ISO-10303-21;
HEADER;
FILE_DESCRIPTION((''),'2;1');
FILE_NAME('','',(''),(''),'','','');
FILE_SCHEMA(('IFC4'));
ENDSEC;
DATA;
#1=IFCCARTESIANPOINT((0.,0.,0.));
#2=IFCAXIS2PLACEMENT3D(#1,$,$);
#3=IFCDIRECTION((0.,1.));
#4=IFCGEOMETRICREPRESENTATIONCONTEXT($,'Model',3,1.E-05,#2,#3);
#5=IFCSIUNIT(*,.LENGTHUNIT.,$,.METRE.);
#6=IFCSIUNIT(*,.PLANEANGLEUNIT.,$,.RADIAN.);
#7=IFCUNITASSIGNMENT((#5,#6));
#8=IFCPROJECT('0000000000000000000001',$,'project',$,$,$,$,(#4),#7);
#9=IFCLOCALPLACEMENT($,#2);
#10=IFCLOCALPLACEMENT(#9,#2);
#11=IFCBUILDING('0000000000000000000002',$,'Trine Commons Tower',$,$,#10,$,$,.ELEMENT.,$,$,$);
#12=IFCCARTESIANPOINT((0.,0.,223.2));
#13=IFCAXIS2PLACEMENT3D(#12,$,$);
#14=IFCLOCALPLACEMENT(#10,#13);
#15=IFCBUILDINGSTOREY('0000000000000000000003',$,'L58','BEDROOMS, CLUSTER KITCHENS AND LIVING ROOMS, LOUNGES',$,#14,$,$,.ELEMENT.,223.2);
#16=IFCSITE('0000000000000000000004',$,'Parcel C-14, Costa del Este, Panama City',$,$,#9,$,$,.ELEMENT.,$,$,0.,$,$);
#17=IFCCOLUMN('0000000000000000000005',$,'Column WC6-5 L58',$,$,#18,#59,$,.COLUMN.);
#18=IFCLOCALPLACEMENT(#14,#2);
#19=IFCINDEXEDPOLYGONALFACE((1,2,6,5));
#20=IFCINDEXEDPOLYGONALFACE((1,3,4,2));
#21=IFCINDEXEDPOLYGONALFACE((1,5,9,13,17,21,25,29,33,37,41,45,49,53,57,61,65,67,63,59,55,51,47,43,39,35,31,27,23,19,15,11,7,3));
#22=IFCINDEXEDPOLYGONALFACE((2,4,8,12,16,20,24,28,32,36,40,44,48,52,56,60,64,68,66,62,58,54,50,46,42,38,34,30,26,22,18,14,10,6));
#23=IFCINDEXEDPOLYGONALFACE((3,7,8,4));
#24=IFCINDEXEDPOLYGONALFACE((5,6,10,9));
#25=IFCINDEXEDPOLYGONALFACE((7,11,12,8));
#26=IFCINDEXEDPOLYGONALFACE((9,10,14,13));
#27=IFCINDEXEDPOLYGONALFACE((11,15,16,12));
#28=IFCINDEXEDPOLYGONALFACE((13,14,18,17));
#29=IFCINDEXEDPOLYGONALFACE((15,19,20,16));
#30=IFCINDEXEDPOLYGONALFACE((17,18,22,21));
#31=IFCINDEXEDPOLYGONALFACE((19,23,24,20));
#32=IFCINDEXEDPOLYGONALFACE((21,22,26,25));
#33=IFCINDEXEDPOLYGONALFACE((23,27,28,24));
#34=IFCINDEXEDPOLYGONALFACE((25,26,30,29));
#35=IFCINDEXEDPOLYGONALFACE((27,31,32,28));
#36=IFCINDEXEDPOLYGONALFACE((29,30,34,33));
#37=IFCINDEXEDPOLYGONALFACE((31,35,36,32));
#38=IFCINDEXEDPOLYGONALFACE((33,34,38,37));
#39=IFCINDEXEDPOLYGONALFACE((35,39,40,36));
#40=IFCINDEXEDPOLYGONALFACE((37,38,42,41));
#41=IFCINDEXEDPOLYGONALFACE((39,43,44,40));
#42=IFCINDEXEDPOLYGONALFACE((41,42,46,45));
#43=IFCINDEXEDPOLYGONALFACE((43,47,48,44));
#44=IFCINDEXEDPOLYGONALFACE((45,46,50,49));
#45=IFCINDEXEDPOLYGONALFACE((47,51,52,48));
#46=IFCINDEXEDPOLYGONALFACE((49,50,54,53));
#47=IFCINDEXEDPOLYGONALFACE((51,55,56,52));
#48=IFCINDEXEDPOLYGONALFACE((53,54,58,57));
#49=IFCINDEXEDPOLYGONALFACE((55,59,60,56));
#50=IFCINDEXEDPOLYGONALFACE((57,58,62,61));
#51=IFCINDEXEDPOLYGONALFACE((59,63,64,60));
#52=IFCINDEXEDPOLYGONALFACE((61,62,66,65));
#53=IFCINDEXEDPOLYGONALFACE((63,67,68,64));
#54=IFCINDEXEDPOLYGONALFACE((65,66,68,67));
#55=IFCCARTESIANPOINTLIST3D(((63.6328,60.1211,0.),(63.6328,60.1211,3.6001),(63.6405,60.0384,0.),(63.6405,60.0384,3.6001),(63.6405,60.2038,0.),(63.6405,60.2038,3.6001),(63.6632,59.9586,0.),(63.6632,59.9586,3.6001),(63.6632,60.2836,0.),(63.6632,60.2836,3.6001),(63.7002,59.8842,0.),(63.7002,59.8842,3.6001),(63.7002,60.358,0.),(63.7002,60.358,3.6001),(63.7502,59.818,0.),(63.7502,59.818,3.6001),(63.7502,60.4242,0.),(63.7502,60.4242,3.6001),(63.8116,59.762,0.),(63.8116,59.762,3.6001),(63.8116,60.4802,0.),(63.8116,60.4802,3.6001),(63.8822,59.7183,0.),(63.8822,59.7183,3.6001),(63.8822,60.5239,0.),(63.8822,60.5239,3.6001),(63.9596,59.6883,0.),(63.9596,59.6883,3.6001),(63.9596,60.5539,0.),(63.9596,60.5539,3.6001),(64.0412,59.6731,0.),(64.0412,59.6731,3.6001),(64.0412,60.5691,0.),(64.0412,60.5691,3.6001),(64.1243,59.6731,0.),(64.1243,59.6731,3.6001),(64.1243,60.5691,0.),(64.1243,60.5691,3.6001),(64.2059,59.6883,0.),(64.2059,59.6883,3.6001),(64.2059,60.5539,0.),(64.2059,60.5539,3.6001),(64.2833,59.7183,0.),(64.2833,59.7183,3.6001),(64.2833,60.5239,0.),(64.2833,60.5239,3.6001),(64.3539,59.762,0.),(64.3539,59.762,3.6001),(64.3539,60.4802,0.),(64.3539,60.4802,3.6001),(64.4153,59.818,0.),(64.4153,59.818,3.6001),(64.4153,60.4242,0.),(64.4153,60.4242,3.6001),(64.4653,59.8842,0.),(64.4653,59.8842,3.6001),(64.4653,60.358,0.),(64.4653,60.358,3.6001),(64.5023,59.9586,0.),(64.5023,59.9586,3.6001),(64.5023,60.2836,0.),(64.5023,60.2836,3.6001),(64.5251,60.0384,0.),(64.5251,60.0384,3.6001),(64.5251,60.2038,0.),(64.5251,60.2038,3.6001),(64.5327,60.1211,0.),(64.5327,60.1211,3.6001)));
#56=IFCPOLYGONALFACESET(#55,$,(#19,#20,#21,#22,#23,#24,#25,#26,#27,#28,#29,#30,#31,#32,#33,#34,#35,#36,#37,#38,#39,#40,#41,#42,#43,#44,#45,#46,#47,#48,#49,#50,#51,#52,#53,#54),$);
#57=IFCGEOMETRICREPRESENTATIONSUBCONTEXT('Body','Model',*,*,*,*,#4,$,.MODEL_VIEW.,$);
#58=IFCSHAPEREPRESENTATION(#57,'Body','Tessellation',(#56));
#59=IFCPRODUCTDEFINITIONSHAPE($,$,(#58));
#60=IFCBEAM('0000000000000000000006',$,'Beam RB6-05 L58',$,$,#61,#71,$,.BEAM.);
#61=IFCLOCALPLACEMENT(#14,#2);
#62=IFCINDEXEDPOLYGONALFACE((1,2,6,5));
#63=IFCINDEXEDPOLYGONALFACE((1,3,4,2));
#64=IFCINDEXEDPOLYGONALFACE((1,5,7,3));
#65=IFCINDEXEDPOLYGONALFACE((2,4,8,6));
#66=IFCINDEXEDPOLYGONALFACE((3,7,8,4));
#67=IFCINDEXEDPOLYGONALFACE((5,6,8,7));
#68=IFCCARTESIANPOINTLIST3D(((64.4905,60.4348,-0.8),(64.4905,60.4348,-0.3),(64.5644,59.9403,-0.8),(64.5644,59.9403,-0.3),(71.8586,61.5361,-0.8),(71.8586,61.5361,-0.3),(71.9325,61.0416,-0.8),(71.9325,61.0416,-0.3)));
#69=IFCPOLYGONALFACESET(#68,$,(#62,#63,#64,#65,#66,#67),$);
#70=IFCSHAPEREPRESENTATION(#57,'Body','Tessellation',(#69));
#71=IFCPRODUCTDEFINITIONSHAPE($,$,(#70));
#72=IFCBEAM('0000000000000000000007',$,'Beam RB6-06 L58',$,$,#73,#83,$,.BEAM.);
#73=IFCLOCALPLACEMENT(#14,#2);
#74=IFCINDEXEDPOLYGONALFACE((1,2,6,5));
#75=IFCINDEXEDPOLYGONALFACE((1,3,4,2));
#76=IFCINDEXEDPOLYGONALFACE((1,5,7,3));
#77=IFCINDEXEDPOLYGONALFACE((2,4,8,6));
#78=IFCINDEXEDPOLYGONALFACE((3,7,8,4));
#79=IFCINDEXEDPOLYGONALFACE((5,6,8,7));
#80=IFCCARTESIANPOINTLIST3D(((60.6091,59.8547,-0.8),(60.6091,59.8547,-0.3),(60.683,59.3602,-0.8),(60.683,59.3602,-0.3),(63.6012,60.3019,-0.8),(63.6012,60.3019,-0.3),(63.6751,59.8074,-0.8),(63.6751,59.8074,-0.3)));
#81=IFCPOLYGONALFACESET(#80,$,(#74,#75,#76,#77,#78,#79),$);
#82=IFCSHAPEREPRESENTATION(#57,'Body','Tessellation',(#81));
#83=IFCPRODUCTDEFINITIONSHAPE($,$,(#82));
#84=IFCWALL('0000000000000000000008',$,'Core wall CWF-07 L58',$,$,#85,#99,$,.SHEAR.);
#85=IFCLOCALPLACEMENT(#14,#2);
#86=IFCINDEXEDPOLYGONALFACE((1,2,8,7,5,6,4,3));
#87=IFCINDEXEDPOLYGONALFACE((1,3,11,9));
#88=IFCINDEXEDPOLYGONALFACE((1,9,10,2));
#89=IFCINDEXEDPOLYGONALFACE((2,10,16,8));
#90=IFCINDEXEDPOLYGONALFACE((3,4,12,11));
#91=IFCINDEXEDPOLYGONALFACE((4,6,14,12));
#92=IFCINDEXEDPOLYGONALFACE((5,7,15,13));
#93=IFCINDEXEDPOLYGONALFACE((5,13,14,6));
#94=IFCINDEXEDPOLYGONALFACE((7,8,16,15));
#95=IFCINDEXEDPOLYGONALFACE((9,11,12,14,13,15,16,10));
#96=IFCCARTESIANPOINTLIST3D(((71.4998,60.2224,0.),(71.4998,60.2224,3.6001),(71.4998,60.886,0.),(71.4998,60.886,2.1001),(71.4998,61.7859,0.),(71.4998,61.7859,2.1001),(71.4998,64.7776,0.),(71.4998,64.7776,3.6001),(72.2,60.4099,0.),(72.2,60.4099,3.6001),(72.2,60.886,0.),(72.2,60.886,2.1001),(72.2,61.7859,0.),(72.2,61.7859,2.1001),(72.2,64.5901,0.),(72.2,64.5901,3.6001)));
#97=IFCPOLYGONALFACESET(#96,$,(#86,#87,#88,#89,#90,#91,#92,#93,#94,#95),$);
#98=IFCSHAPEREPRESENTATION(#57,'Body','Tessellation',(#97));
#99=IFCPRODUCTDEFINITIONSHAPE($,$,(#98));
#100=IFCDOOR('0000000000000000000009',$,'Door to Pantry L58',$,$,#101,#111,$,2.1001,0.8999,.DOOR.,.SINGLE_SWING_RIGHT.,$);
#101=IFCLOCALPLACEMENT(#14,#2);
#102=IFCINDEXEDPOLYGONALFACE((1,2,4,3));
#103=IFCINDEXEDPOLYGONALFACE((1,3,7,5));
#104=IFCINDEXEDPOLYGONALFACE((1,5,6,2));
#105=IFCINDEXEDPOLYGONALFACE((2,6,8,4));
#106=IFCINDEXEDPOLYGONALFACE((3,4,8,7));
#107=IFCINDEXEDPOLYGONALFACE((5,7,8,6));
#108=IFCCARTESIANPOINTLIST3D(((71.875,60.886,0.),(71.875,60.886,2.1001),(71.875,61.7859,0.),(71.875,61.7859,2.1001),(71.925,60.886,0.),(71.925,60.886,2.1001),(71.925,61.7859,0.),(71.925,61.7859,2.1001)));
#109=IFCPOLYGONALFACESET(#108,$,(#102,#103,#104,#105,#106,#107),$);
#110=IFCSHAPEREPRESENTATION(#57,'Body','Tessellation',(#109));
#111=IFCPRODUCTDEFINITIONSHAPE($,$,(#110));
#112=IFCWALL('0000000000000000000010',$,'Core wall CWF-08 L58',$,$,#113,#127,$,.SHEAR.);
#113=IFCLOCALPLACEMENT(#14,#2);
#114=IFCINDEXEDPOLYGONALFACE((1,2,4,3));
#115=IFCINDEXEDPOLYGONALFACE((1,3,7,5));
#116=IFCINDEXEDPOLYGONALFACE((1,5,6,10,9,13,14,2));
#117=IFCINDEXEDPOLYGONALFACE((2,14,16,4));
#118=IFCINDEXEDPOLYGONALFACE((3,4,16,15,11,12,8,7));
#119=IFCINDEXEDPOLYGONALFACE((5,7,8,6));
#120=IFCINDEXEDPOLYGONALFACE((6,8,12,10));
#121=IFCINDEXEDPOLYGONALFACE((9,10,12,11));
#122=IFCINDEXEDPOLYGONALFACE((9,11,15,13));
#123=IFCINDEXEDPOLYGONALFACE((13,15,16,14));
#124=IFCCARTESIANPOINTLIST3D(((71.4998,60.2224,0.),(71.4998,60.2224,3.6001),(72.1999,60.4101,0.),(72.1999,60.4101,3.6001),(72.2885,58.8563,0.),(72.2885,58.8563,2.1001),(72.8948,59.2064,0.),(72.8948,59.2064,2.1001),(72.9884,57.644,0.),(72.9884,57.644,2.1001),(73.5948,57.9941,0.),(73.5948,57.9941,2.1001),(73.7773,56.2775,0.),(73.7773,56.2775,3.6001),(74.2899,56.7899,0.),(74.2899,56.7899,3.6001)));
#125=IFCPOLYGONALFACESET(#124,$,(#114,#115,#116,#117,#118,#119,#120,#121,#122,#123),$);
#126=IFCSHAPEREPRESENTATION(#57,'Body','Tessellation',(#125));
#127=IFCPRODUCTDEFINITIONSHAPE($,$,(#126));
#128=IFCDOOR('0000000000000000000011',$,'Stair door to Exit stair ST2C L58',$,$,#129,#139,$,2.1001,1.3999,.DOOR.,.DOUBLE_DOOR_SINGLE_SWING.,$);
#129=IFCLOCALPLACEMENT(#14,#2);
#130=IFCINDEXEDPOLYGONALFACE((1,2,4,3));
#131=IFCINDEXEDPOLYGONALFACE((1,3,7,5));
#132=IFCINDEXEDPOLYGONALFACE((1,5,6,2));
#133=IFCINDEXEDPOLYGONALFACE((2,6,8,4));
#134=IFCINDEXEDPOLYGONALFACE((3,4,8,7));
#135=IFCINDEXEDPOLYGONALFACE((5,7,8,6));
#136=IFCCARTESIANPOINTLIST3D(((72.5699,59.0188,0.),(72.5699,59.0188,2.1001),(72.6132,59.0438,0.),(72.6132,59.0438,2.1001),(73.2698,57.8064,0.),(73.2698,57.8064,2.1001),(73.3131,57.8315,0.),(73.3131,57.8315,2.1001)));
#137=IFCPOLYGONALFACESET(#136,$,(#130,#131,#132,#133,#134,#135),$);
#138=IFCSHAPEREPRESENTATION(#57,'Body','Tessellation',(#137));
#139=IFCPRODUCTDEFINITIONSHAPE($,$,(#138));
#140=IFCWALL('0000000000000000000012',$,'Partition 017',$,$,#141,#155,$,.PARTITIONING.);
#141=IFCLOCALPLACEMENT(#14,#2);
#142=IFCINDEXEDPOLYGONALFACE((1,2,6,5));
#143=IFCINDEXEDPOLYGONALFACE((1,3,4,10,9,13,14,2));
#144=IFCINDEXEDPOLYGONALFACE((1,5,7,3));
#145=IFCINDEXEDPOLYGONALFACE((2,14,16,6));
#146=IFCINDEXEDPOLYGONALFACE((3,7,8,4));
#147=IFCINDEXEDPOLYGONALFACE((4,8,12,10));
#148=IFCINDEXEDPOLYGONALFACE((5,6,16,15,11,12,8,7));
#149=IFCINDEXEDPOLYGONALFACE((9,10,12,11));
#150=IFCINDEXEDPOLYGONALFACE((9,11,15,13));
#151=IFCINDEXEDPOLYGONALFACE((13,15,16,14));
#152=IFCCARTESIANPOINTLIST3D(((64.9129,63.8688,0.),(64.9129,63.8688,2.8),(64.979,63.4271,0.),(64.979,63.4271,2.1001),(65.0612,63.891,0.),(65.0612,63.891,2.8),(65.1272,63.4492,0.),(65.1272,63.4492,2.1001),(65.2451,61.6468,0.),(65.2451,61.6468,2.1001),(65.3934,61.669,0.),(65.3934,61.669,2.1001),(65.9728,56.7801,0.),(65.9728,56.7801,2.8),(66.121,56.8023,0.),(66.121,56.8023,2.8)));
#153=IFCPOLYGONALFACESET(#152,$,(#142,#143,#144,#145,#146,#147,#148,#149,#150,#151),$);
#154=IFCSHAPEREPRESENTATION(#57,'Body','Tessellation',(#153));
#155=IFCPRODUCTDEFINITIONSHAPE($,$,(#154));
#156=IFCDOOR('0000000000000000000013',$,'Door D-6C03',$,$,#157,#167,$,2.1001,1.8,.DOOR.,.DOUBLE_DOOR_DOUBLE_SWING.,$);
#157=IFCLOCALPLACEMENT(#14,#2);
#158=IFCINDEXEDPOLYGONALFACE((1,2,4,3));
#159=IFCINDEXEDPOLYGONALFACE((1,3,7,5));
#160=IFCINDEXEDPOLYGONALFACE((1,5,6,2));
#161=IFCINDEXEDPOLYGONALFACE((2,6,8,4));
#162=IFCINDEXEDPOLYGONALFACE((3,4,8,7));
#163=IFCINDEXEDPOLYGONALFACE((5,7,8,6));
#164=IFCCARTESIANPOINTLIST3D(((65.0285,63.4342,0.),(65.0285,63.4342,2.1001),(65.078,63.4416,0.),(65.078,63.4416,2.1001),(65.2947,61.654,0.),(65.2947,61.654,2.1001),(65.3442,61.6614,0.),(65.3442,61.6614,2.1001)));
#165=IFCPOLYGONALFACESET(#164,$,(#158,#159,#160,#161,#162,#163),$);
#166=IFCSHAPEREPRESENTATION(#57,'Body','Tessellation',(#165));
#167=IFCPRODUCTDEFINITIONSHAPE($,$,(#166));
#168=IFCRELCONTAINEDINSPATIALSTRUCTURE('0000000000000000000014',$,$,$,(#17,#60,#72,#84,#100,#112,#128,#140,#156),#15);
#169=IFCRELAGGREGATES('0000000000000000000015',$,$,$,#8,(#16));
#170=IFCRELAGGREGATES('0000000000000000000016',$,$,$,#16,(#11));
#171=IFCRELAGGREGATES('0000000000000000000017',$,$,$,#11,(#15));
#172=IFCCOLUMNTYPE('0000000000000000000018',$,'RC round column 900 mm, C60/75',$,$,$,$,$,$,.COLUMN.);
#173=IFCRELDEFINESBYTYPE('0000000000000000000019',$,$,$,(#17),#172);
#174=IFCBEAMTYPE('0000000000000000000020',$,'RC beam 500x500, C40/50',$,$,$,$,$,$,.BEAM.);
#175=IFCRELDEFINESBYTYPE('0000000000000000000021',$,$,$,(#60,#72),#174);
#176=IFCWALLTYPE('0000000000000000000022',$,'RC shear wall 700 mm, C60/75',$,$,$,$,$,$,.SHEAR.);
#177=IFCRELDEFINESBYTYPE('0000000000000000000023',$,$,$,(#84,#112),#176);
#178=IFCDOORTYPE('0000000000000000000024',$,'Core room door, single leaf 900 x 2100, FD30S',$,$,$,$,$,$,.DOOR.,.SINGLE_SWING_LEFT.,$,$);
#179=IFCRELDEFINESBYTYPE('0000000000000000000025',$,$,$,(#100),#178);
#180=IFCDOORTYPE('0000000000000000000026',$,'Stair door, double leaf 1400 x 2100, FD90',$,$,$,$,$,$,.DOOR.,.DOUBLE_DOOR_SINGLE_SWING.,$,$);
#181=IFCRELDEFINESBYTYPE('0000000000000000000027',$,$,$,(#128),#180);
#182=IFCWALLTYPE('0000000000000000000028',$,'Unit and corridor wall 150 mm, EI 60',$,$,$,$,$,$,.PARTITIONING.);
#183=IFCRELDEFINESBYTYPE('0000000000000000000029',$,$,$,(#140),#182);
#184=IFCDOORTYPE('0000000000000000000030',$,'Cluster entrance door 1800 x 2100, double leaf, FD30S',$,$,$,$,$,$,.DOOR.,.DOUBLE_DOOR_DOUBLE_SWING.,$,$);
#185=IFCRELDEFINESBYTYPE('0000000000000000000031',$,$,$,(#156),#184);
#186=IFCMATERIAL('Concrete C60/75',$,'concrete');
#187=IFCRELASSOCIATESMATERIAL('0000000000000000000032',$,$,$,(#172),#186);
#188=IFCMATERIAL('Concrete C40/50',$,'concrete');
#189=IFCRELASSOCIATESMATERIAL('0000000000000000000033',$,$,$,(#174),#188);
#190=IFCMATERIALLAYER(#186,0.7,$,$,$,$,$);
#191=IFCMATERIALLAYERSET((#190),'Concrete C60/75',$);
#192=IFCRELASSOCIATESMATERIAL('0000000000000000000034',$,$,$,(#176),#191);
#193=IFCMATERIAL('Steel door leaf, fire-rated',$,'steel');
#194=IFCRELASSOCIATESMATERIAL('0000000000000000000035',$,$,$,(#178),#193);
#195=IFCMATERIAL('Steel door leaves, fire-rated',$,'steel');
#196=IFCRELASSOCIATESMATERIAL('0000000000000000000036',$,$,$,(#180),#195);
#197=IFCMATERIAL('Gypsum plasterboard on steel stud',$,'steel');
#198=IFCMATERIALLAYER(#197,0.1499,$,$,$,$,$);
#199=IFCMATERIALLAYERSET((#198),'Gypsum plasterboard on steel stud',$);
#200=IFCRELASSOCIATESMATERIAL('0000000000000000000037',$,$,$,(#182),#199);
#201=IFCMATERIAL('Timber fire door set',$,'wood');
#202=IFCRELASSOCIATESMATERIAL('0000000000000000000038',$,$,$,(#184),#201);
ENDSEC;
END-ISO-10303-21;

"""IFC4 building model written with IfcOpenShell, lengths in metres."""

from ifc_helpers import new_model, si_unit, direction, frame, frame_2d, origin, origin_2d, place, context, subcontext, project, spatial, polyline, rectangle, circle, outline, extrude, material, layer, layer_set, material_profile, profile_set, type_object, element, fill, save


model = new_model("IFC4")

# Units and contexts
model_context = context("Model", 3, precision=1e-05, world=origin(), true_north=direction((0.0, 1.0)))
body_context = subcontext(model_context, "Body", "Model", "MODEL_VIEW")
ifc_project = project(units=[si_unit("LENGTHUNIT", "METRE"), si_unit("PLANEANGLEUNIT", "RADIAN")], contexts=[model_context])

# Site, building, storey
site_placement = place(None, origin())
site = spatial("IfcSite", under=ifc_project, at=site_placement, Name="Parcel C-14, Costa del Este, Panama City", CompositionType="ELEMENT", RefElevation=0.0)
building_placement = place(site_placement, origin())
building = spatial("IfcBuilding", under=site, at=building_placement, Name="Trine Commons Tower", CompositionType="ELEMENT")
storey_placement = place(building_placement, frame((0.0, 0.0, 223.2)))
storey = spatial("IfcBuildingStorey", under=building, at=storey_placement, Name="L58", Description="BEDROOMS, CLUSTER KITCHENS AND LIVING ROOMS, LOUNGES", CompositionType="ELEMENT", Elevation=223.2)

# Column
ifc_material_1 = material(Name="Concrete C60/75", Category="concrete")
ifc_material_profile_1 = material_profile(ifc_material_1, circle(Radius=0.45, at=origin_2d()), Name="RC round 900")
ifc_profile_set_1 = profile_set([ifc_material_profile_1], Name="Concrete C60/75")
column_type = type_object("IfcColumnType", Name="RC round column 900 mm, C60/75", PredefinedType="COLUMN", material=ifc_profile_set_1)
column_placement = place(storey_placement, frame((64.0828, 60.1211, 0.0), z_axis=(0.0, 0.0, 1.0), x_axis=(1.0, 0.0, 0.0)))
element("IfcColumn", 1, at=column_placement, inside=storey, type_object=column_type, Name="Column WC6-5 L58", PredefinedType="COLUMN", context=body_context, shape_type="SweptSolid", body=[
    extrude(circle(Radius=0.45, at=origin_2d()), origin(), (0.0, 0.0, 1.0), 3.6001),
])

# Beams
ifc_material_2 = material(Name="Concrete C40/50", Category="concrete")
ifc_material_profile_2 = material_profile(ifc_material_2, rectangle(XDim=0.5, YDim=0.5, at=origin_2d()), Name="RC 500x500")
ifc_profile_set_2 = profile_set([ifc_material_profile_2], Name="Concrete C40/50")
beam_type = type_object("IfcBeamType", Name="RC beam 500x500, C40/50", PredefinedType="BEAM", material=ifc_profile_set_2)
beam_1_placement = place(storey_placement, frame((71.8955, 61.2888, -0.55), z_axis=(-0.989013, -0.147828, 0.0), x_axis=(0.147828, -0.989013, 0.0)))
element("IfcBeam", 2, at=beam_1_placement, inside=storey, type_object=beam_type, Name="Beam RB6-05 L58", PredefinedType="BEAM", context=body_context, shape_type="SweptSolid", body=[
    extrude(rectangle(XDim=0.5, YDim=0.5, at=origin_2d()), origin(), (0.0, 0.0, 1.0), 7.45),
])
beam_2_placement = place(storey_placement, frame((63.6382, 60.0547, -0.55), z_axis=(-0.989012, -0.147835, 0.0), x_axis=(0.147835, -0.989012, 0.0)))
element("IfcBeam", 3, at=beam_2_placement, inside=storey, type_object=beam_type, Name="Beam RB6-06 L58", PredefinedType="BEAM", context=body_context, shape_type="SweptSolid", body=[
    extrude(rectangle(XDim=0.5, YDim=0.5, at=origin_2d()), origin(), (0.0, 0.0, 1.0), 3.0254),
])

# Walls, openings, doors
ifc_layer_1 = layer(ifc_material_1, 0.7)
ifc_layer_set_1 = layer_set([ifc_layer_1], Name="Concrete C60/75")
wall_type_1 = type_object("IfcWallType", Name="RC shear wall 700 mm, C60/75", PredefinedType="SHEAR", material=ifc_layer_set_1)
wall_1_placement = place(storey_placement, frame((71.8499, 64.7776, 0.0), z_axis=(0.0, 0.0, 1.0), x_axis=(0.0, -1.0, 0.0)))
wall_1 = element("IfcWall", 4, at=wall_1_placement, inside=storey, type_object=wall_type_1, Name="Core wall CWF-07 L58", PredefinedType="SHEAR", context=body_context, shape_type="SweptSolid", body=[
    extrude(outline(polyline([(0.0, -0.3501), (4.5552, -0.3501), (4.3677, 0.3501), (0.1875, 0.3501), (0.0, -0.3501)])), origin(), (0.0, 0.0, 1.0), 3.6001),
])
opening_1_placement = place(wall_1_placement, frame((2.9917, 0.0, 0.0)))
opening_1 = element("IfcOpeningElement", 5, at=opening_1_placement, cuts=wall_1, PredefinedType="OPENING", context=body_context, shape_type="SweptSolid", body=[
    extrude(rectangle(XDim=0.8999, YDim=2.1001, at=frame_2d((0.45, 1.05))), frame((0.0, 0.3599, 0.0), z_axis=(0.0, -1.0, 0.0), x_axis=(1.0, 0.0, 0.0)), (0.0, 0.0, 1.0), 0.72),
])
ifc_material_3 = material(Name="Steel door leaf, fire-rated", Category="steel")
door_type_1 = type_object("IfcDoorType", Name="Core room door, single leaf 900 x 2100, FD30S", OperationType="SINGLE_SWING_LEFT", PredefinedType="DOOR", material=ifc_material_3)
door_1_placement = place(opening_1_placement, origin())
door_1 = element("IfcDoor", 6, at=door_1_placement, inside=storey, type_object=door_type_1, Name="Door to Pantry L58", OperationType="SINGLE_SWING_RIGHT", OverallHeight=2.1001, OverallWidth=0.8999, PredefinedType="DOOR", context=body_context, shape_type="SweptSolid", body=[
    extrude(rectangle(XDim=0.8999, YDim=2.1001, at=frame_2d((0.45, 1.05))), frame((0.0, 0.0752, 0.0), z_axis=(0.0, -1.0, 0.0), x_axis=(1.0, 0.0, 0.0)), (0.0, 0.0, 1.0), 0.05),
])
fill(opening_1, door_1)
wall_2_placement = place(storey_placement, frame((71.803, 60.3975, 0.0), z_axis=(0.0, 0.0, 1.0), x_axis=(0.499984, -0.866035, 0.0)))
wall_2 = element("IfcWall", 7, at=wall_2_placement, inside=storey, type_object=wall_type_1, Name="Core wall CWF-08 L58", PredefinedType="SHEAR", context=body_context, shape_type="SweptSolid", body=[
    extrude(outline(polyline([(0.0, -0.3501), (4.5552, -0.3501), (4.3677, 0.3501), (0.1875, 0.3501), (0.0, -0.3501)])), origin(), (0.0, 0.0, 1.0), 3.6001),
])
opening_2_placement = place(wall_2_placement, frame((1.5774, 0.0, 0.0)))
opening_2 = element("IfcOpeningElement", 8, at=opening_2_placement, cuts=wall_2, PredefinedType="OPENING", context=body_context, shape_type="SweptSolid", body=[
    extrude(rectangle(XDim=1.3999, YDim=2.1001, at=frame_2d((0.7, 1.05))), frame((0.0, 0.3599, 0.0), z_axis=(0.0, -1.0, 0.0), x_axis=(1.0, 0.0, 0.0)), (0.0, 0.0, 1.0), 0.72),
])
ifc_material_4 = material(Name="Steel door leaves, fire-rated", Category="steel")
door_type_2 = type_object("IfcDoorType", Name="Stair door, double leaf 1400 x 2100, FD90", OperationType="DOUBLE_DOOR_SINGLE_SWING", PredefinedType="DOOR", material=ifc_material_4)
door_2_placement = place(opening_2_placement, origin())
door_2 = element("IfcDoor", 9, at=door_2_placement, inside=storey, type_object=door_type_2, Name="Stair door to Exit stair ST2C L58", OperationType="DOUBLE_DOOR_SINGLE_SWING", OverallHeight=2.1001, OverallWidth=1.3999, PredefinedType="DOOR", context=body_context, shape_type="SweptSolid", body=[
    extrude(rectangle(XDim=1.3999, YDim=2.1001, at=frame_2d((0.7, 1.05))), frame((0.0, 0.0249, 0.0), z_axis=(0.0, -1.0, 0.0), x_axis=(1.0, 0.0, 0.0)), (0.0, 0.0, 1.0), 0.05),
])
fill(opening_2, door_2)
ifc_material_5 = material(Name="Gypsum plasterboard on steel stud", Category="steel")
ifc_layer_2 = layer(ifc_material_5, 0.1499)
ifc_layer_set_2 = layer_set([ifc_layer_2], Name="Gypsum plasterboard on steel stud")
wall_type_2 = type_object("IfcWallType", Name="Unit and corridor wall 150 mm, EI 60", PredefinedType="PARTITIONING", material=ifc_layer_set_2)
wall_3_placement = place(storey_placement, frame((64.9871, 63.8799, 0.0), z_axis=(0.0, 0.0, 1.0), x_axis=(0.147866, -0.989007, 0.0)))
wall_3 = element("IfcWall", 10, at=wall_3_placement, inside=storey, type_object=wall_type_2, Name="Partition 017", PredefinedType="PARTITIONING", context=body_context, shape_type="SweptSolid", body=[
    extrude(rectangle(XDim=7.1675, YDim=0.1499, at=frame_2d((3.5837, 0.0))), origin(), (0.0, 0.0, 1.0), 2.8),
])
opening_3_placement = place(wall_3_placement, frame((0.4468, 0.0, 0.0)))
opening_3 = element("IfcOpeningElement", 11, at=opening_3_placement, cuts=wall_3, PredefinedType="OPENING", context=body_context, shape_type="SweptSolid", body=[
    extrude(rectangle(XDim=1.8, YDim=2.1001, at=frame_2d((0.8999, 1.05))), frame((0.0, 0.085, 0.0), z_axis=(0.0, -1.0, 0.0), x_axis=(1.0, 0.0, 0.0)), (0.0, 0.0, 1.0), 0.1699),
])
ifc_material_6 = material(Name="Timber fire door set", Category="wood")
door_type_3 = type_object("IfcDoorType", Name="Cluster entrance door 1800 x 2100, double leaf, FD30S", OperationType="DOUBLE_DOOR_DOUBLE_SWING", PredefinedType="DOOR", material=ifc_material_6)
door_3_placement = place(opening_3_placement, frame((1.8, 0.0, 0.0), z_axis=(0.0, 0.0, 1.0), x_axis=(-1.0, 0.0, 0.0)))
door_3 = element("IfcDoor", 12, at=door_3_placement, inside=storey, type_object=door_type_3, Name="Door D-6C03", OperationType="DOUBLE_DOOR_DOUBLE_SWING", OverallHeight=2.1001, OverallWidth=1.8, PredefinedType="DOOR", context=body_context, shape_type="SweptSolid", body=[
    extrude(rectangle(XDim=1.8, YDim=2.1001, at=frame_2d((0.8999, 1.05))), frame((0.0, 0.0249, 0.0), z_axis=(0.0, -1.0, 0.0), x_axis=(1.0, 0.0, 0.0)), (0.0, 0.0, 1.0), 0.05),
])
fill(opening_3, door_3)

save(model, "model.ifc")
